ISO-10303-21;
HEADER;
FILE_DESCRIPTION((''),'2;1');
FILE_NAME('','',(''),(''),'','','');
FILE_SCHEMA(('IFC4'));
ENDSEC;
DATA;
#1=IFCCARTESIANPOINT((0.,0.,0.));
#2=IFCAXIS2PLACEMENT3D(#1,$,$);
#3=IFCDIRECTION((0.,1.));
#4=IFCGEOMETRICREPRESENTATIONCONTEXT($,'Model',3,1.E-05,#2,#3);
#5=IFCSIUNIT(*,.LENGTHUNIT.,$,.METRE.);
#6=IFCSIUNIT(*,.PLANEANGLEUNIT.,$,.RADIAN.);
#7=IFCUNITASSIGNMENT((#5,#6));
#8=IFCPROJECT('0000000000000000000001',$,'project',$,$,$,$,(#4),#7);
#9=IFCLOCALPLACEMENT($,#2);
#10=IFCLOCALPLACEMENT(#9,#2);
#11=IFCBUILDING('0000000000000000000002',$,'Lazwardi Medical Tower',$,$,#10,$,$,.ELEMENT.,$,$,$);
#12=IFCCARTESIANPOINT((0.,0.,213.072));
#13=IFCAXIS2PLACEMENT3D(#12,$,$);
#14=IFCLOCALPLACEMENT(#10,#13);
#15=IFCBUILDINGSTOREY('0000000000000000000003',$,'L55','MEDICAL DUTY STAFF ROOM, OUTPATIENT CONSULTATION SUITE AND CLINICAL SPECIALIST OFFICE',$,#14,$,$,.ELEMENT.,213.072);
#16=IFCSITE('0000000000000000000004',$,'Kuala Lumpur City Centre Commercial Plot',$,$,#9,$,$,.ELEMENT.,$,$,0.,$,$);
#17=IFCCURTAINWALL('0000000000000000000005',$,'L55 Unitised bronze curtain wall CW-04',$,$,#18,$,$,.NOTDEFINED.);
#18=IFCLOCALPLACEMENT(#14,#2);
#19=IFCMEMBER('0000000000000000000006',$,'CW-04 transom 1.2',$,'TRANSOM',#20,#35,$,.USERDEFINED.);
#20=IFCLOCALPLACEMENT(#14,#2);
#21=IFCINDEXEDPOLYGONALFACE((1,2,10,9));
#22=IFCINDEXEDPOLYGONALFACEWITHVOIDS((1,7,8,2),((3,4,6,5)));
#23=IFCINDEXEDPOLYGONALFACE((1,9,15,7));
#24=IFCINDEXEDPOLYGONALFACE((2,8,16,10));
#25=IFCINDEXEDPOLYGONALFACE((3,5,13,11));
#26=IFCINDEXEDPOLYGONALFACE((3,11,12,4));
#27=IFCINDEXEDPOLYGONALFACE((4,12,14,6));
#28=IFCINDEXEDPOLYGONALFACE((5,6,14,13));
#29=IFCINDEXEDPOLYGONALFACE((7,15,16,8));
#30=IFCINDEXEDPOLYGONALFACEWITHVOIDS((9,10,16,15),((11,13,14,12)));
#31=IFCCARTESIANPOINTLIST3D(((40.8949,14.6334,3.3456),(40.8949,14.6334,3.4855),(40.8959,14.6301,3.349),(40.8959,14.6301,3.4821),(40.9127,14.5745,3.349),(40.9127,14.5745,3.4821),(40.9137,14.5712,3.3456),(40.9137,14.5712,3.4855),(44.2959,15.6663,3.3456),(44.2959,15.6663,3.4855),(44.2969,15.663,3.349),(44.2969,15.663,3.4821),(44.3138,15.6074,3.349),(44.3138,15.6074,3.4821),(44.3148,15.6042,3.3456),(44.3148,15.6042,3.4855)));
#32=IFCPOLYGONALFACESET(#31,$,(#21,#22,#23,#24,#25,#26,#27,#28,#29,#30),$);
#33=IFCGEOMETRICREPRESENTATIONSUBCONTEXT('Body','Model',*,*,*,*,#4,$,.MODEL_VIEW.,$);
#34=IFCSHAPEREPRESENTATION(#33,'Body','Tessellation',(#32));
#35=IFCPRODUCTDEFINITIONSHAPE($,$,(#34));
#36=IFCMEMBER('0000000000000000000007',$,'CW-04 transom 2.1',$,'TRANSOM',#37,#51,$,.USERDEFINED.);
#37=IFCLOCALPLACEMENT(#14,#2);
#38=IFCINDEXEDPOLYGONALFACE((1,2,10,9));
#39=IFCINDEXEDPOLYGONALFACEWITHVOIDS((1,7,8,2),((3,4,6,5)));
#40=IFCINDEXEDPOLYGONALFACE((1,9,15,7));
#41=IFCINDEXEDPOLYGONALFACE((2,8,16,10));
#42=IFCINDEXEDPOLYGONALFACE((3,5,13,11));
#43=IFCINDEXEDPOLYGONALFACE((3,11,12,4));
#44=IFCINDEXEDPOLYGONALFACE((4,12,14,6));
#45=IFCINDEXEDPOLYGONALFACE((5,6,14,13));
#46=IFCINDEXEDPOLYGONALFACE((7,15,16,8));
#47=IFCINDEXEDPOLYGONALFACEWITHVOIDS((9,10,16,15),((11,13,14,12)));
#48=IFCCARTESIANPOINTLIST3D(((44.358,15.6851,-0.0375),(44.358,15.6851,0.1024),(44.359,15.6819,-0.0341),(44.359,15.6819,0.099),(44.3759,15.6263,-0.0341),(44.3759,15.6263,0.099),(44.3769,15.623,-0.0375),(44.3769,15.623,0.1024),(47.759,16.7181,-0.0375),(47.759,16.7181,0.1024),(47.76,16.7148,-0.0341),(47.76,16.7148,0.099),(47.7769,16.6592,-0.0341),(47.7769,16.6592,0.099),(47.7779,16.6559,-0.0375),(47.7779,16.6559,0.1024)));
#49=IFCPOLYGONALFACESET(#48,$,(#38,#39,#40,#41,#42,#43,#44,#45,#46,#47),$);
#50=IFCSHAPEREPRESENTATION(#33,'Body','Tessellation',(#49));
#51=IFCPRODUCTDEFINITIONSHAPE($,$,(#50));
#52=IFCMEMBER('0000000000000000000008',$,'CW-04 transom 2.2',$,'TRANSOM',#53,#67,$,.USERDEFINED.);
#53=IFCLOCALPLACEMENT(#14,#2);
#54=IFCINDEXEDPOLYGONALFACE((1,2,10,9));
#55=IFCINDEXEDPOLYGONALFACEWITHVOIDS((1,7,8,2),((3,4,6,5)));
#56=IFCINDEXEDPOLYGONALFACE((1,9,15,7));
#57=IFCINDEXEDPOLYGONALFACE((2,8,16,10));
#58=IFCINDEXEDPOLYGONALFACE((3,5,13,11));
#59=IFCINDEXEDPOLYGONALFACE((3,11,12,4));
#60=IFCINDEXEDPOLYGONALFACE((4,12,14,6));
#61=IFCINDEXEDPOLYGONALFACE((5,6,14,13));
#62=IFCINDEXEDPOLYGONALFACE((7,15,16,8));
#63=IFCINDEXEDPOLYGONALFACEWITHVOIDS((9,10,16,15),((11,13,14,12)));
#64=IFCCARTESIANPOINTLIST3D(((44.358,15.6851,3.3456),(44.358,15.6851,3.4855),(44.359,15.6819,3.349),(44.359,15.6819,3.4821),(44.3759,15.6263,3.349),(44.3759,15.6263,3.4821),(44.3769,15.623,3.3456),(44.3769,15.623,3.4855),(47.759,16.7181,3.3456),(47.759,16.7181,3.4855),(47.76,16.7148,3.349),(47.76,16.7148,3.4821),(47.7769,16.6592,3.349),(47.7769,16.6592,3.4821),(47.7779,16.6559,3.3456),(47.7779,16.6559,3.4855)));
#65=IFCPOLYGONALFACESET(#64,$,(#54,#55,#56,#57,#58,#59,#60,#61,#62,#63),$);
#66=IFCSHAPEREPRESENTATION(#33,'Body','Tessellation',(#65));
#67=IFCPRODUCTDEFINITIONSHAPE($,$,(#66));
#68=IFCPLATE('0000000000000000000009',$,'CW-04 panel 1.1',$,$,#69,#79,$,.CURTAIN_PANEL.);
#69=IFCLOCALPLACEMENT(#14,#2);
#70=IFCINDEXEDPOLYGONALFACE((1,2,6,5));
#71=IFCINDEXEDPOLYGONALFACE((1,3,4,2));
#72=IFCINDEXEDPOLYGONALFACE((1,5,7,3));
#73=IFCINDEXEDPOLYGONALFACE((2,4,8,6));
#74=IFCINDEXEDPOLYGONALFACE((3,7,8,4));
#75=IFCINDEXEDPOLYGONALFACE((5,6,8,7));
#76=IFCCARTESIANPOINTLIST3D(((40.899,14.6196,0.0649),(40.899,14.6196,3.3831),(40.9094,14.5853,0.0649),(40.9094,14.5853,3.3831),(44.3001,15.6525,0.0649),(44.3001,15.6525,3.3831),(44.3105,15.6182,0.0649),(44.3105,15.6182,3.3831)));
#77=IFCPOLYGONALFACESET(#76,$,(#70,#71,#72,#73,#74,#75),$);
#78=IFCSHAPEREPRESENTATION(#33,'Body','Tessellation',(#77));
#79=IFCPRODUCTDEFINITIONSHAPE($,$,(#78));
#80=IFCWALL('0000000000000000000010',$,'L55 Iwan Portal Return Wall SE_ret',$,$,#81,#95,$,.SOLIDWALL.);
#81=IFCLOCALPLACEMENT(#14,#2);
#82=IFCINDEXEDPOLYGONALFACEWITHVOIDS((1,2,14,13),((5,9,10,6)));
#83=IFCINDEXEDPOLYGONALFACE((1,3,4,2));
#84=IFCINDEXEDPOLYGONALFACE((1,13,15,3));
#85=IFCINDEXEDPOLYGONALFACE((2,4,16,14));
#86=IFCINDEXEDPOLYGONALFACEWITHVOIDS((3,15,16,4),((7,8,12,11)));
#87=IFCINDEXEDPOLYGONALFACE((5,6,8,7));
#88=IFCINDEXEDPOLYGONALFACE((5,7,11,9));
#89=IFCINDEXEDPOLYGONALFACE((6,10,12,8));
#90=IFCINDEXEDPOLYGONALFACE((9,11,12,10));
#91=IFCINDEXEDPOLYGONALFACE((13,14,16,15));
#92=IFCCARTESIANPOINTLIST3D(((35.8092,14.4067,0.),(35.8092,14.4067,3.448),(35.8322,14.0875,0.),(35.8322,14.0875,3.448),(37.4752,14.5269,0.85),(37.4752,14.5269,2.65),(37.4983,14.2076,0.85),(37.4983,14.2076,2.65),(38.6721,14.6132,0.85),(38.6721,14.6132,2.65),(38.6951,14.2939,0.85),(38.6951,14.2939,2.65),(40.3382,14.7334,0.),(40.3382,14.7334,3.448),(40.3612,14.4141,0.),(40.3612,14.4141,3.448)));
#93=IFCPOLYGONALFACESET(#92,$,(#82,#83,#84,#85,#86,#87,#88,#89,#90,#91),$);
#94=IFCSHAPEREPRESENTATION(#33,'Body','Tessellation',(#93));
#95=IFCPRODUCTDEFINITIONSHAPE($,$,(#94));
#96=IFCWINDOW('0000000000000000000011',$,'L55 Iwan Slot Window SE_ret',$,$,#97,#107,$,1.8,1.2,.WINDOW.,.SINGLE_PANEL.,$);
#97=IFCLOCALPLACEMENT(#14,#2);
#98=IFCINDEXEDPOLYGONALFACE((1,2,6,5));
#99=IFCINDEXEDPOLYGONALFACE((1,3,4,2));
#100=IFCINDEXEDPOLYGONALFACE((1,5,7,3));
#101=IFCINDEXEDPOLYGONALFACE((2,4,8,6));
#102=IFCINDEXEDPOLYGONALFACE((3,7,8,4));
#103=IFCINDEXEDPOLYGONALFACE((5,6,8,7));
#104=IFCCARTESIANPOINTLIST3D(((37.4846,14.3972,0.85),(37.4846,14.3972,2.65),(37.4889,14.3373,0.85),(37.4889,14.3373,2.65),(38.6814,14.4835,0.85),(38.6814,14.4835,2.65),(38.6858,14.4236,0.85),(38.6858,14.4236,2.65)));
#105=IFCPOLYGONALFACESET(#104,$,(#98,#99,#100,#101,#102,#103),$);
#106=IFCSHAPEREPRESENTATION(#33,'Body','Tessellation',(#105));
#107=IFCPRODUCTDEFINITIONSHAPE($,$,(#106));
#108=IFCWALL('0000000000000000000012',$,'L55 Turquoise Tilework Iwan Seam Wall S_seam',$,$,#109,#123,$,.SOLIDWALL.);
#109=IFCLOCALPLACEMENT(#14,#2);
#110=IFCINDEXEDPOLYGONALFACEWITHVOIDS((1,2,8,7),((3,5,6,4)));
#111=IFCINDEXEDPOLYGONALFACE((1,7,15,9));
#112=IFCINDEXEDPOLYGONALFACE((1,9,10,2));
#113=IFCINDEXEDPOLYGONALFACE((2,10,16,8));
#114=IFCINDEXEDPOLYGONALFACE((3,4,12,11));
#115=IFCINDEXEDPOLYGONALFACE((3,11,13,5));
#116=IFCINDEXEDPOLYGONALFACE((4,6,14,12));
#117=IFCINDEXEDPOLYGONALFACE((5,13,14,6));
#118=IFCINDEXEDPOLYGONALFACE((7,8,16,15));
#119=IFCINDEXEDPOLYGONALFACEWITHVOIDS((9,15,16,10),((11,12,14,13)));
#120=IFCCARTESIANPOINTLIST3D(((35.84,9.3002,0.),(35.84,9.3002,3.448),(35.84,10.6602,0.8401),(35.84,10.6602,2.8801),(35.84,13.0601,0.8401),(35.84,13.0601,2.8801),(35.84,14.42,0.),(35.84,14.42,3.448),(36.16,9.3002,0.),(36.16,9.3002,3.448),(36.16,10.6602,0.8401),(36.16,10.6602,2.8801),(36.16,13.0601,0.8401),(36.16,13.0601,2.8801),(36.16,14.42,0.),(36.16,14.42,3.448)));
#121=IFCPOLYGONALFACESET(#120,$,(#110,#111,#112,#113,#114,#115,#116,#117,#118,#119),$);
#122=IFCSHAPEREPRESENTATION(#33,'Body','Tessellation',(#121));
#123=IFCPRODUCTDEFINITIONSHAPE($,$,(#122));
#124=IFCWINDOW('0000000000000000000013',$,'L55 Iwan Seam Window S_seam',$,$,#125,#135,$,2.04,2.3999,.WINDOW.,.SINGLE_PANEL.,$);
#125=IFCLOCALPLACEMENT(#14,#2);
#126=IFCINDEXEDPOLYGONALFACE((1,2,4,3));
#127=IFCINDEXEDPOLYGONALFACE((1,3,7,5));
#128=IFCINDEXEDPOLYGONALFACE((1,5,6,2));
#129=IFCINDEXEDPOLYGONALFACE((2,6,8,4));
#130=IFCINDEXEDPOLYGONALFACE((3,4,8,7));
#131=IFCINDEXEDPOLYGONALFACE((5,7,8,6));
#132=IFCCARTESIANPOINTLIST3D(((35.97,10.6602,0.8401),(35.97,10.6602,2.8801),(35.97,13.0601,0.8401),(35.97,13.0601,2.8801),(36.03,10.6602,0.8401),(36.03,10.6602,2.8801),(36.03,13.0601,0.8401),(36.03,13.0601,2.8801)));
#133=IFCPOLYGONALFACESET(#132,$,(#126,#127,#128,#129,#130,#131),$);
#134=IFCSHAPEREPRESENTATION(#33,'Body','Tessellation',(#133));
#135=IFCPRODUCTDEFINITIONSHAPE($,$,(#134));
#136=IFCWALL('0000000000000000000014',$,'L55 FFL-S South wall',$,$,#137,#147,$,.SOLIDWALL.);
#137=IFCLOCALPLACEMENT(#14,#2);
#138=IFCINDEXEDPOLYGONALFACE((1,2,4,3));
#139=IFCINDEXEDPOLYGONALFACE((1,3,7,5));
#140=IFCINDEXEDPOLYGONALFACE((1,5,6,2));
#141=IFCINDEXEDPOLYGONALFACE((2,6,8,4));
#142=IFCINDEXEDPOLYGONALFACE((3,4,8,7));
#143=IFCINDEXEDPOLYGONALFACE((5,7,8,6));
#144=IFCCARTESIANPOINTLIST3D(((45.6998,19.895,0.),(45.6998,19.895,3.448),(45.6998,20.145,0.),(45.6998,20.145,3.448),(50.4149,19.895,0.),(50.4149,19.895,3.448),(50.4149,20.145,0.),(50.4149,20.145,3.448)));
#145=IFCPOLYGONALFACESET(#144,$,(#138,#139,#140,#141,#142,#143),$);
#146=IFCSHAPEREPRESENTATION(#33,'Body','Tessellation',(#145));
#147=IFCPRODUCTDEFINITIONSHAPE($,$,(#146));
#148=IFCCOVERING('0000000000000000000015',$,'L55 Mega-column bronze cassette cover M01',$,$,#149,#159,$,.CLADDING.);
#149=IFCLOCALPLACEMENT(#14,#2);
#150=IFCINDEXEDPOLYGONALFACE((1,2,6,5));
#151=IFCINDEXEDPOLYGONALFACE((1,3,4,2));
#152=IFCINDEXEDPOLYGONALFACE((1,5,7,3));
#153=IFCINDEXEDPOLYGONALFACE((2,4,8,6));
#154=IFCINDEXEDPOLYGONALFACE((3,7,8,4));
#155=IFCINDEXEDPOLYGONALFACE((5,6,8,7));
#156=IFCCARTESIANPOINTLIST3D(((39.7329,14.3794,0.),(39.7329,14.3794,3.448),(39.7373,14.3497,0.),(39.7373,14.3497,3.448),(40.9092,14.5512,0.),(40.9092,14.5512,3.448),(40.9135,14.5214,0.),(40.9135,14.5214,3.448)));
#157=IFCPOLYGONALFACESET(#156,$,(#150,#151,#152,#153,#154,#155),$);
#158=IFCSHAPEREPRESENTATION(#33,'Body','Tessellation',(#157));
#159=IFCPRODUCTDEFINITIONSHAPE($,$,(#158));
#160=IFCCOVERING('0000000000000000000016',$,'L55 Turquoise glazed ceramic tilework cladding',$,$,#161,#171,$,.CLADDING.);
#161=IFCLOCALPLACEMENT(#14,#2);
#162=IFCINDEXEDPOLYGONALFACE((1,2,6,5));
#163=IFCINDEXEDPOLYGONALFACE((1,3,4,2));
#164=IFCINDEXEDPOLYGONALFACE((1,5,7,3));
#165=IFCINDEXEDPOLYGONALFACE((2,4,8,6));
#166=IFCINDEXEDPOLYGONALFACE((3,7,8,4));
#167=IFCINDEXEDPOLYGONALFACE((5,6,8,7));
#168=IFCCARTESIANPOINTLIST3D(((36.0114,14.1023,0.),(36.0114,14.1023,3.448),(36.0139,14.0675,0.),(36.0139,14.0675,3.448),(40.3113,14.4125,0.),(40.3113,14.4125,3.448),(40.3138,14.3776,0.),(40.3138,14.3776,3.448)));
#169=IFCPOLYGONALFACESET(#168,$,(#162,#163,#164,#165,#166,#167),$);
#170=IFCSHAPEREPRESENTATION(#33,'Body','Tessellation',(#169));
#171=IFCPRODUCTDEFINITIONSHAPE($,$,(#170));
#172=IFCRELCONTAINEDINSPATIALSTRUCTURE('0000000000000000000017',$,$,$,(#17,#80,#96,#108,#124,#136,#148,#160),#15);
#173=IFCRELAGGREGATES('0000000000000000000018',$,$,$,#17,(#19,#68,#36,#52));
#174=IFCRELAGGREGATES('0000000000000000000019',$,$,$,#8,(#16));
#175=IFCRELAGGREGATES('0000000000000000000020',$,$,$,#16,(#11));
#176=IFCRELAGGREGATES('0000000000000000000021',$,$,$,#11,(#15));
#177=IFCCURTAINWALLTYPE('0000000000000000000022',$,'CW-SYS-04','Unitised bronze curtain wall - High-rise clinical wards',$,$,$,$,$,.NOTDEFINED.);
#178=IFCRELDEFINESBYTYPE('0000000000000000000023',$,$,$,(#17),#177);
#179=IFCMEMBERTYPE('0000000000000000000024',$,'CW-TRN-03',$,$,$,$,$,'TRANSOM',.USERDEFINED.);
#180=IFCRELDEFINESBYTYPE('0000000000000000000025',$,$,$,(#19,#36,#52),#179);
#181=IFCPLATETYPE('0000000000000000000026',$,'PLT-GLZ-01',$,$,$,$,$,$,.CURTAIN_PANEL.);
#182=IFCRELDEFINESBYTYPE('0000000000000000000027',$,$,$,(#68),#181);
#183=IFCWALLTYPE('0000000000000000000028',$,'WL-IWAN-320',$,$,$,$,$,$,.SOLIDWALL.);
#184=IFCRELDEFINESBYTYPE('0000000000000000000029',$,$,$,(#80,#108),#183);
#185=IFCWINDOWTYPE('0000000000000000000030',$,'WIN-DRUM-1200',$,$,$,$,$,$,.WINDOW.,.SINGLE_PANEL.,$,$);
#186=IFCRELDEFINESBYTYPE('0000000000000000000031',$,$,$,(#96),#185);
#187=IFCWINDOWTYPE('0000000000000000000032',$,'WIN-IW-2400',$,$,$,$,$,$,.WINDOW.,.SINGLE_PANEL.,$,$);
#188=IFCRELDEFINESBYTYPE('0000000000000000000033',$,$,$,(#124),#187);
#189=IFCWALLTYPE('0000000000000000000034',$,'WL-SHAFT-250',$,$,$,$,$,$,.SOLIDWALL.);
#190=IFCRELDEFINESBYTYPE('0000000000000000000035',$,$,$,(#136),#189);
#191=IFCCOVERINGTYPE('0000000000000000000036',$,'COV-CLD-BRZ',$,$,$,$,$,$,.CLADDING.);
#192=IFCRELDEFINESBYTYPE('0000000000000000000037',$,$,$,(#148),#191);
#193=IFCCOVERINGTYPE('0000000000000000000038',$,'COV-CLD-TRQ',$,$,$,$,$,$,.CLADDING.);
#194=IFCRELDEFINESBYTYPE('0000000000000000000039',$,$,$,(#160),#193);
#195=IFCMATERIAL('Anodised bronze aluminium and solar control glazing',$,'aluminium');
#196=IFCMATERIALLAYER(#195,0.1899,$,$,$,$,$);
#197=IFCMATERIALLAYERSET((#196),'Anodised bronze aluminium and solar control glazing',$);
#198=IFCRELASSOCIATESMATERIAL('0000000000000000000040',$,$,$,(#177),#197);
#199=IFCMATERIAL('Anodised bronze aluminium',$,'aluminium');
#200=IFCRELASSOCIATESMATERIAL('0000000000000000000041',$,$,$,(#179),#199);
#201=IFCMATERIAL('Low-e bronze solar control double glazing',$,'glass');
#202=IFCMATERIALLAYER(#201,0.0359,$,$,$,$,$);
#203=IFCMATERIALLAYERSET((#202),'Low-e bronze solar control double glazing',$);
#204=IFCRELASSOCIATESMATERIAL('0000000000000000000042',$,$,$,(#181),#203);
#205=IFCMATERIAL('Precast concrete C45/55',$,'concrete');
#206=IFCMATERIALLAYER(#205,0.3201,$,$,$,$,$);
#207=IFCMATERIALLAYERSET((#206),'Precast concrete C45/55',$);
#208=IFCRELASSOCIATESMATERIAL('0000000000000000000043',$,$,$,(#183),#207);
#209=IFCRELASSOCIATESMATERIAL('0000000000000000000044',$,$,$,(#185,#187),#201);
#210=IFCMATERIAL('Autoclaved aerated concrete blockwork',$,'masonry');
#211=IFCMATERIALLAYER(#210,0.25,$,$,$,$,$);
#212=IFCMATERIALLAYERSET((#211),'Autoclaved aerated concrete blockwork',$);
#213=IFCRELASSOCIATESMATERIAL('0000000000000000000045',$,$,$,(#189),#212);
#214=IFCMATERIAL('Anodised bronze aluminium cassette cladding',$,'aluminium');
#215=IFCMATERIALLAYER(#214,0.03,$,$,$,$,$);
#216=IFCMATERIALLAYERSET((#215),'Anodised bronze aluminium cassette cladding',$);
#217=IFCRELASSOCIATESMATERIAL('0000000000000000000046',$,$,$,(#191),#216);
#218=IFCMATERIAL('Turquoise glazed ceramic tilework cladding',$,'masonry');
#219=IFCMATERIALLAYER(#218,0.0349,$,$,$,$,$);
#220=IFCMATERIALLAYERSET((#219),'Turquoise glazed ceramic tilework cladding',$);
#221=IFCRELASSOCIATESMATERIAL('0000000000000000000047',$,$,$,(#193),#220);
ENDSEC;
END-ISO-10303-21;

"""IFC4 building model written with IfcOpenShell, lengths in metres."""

from ifc_helpers import new_model, si_unit, direction, frame, frame_2d, origin, origin_2d, place, context, subcontext, project, spatial, rectangle, hollow_rectangle, extrude, material, layer, layer_set, material_profile, profile_set, type_object, element, fill, aggregate, save


model = new_model("IFC4")

# Units and contexts
model_context = context("Model", 3, precision=1e-05, world=origin(), true_north=direction((0.0, 1.0)))
body_context = subcontext(model_context, "Body", "Model", "MODEL_VIEW")
ifc_project = project(units=[si_unit("LENGTHUNIT", "METRE"), si_unit("PLANEANGLEUNIT", "RADIAN")], contexts=[model_context])

# Site, building, storey
site_placement = place(None, origin())
site = spatial("IfcSite", under=ifc_project, at=site_placement, Name="Kuala Lumpur City Centre Commercial Plot", CompositionType="ELEMENT", RefElevation=0.0)
building_placement = place(site_placement, origin())
building = spatial("IfcBuilding", under=site, at=building_placement, Name="Lazwardi Medical Tower", CompositionType="ELEMENT")
storey_placement = place(building_placement, frame((0.0, 0.0, 213.072)))
storey = spatial("IfcBuildingStorey", under=building, at=storey_placement, Name="L55", Description="MEDICAL DUTY STAFF ROOM, OUTPATIENT CONSULTATION SUITE AND CLINICAL SPECIALIST OFFICE", CompositionType="ELEMENT", Elevation=213.072)

# Curtain wall, members, plate
ifc_material_1 = material(Name="Anodised bronze aluminium and solar control glazing", Category="aluminium")
ifc_layer_1 = layer(ifc_material_1, 0.1899)
ifc_layer_set_1 = layer_set([ifc_layer_1], Name="Anodised bronze aluminium and solar control glazing")
curtain_wall_type = type_object("IfcCurtainWallType", Name="CW-SYS-04", Description="Unitised bronze curtain wall - High-rise clinical wards", PredefinedType="NOTDEFINED", material=ifc_layer_set_1)
curtain_wall_placement = place(storey_placement, origin())
curtain_wall = element("IfcCurtainWall", 1, at=curtain_wall_placement, inside=storey, type_object=curtain_wall_type, Name="L55 Unitised bronze curtain wall CW-04", PredefinedType="NOTDEFINED")
ifc_material_2 = material(Name="Anodised bronze aluminium", Category="aluminium")
ifc_material_profile_1 = material_profile(ifc_material_2, hollow_rectangle(XDim=0.0649, YDim=0.1399, WallThickness=0.0034, at=origin_2d()), Name="ALU-TRANSOM 140x65x3.5")
ifc_profile_set_1 = profile_set([ifc_material_profile_1], Name="Anodised bronze aluminium")
member_type_1 = type_object("IfcMemberType", Name="CW-TRN-03", ElementType="TRANSOM", PredefinedType="USERDEFINED", material=ifc_profile_set_1)
member_1_placement = place(storey_placement, frame((40.9043, 14.6023, 3.4155), z_axis=(0.956843, 0.290604, 0.0), x_axis=(-0.290604, 0.956843, 0.0)))
member_1 = element("IfcMember", 2, at=member_1_placement, type_object=member_type_1, Name="CW-04 transom 1.2", ObjectType="TRANSOM", PredefinedType="USERDEFINED", context=body_context, shape_type="SweptSolid", body=[
    extrude(hollow_rectangle(XDim=0.0649, YDim=0.1399, WallThickness=0.0034, at=origin_2d()), origin(), (0.0, 0.0, 1.0), 3.5544),
])
member_2_placement = place(storey_placement, frame((44.3674, 15.6541, 0.0325), z_axis=(0.956843, 0.290604, 0.0), x_axis=(-0.290604, 0.956843, 0.0)))
member_2 = element("IfcMember", 3, at=member_2_placement, type_object=member_type_1, Name="CW-04 transom 2.1", ObjectType="TRANSOM", PredefinedType="USERDEFINED", context=body_context, shape_type="SweptSolid", body=[
    extrude(hollow_rectangle(XDim=0.0649, YDim=0.1399, WallThickness=0.0034, at=origin_2d()), origin(), (0.0, 0.0, 1.0), 3.5544),
])
member_3_placement = place(storey_placement, frame((44.3674, 15.6541, 3.4155), z_axis=(0.956843, 0.290604, 0.0), x_axis=(-0.290604, 0.956843, 0.0)))
member_3 = element("IfcMember", 4, at=member_3_placement, type_object=member_type_1, Name="CW-04 transom 2.2", ObjectType="TRANSOM", PredefinedType="USERDEFINED", context=body_context, shape_type="SweptSolid", body=[
    extrude(hollow_rectangle(XDim=0.0649, YDim=0.1399, WallThickness=0.0034, at=origin_2d()), origin(), (0.0, 0.0, 1.0), 3.5544),
])
ifc_material_3 = material(Name="Low-e bronze solar control double glazing", Category="glass")
ifc_layer_2 = layer(ifc_material_3, 0.0359)
ifc_layer_set_2 = layer_set([ifc_layer_2], Name="Low-e bronze solar control double glazing")
plate_type = type_object("IfcPlateType", Name="PLT-GLZ-01", PredefinedType="CURTAIN_PANEL", material=ifc_layer_set_2)
plate_placement = place(storey_placement, frame((42.6047, 15.1189, 0.0649), z_axis=(0.0, 0.0, 1.0), x_axis=(0.95685, 0.290582, 0.0)))
plate = element("IfcPlate", 5, at=plate_placement, type_object=plate_type, Name="CW-04 panel 1.1", PredefinedType="CURTAIN_PANEL", context=body_context, shape_type="SweptSolid", body=[
    extrude(rectangle(XDim=3.5544, YDim=0.0359, at=origin_2d()), origin(), (0.0, 0.0, 1.0), 3.3181),
])
aggregate(curtain_wall, [member_1, plate, member_2, member_3])

# Walls, openings, windows
ifc_material_4 = material(Name="Precast concrete C45/55", Category="concrete")
ifc_layer_3 = layer(ifc_material_4, 0.3201)
ifc_layer_set_3 = layer_set([ifc_layer_3], Name="Precast concrete C45/55")
wall_type_1 = type_object("IfcWallType", Name="WL-IWAN-320", PredefinedType="SOLIDWALL", material=ifc_layer_set_3)
wall_1_placement = place(storey_placement, frame((35.8206, 14.2471, 0.0), z_axis=(0.0, 0.0, 1.0), x_axis=(0.997409, 0.071939, 0.0)))
wall_1 = element("IfcWall", 6, at=wall_1_placement, inside=storey, type_object=wall_type_1, Name="L55 Iwan Portal Return Wall SE_ret", PredefinedType="SOLIDWALL", context=body_context, shape_type="SweptSolid", body=[
    extrude(rectangle(XDim=4.5408, YDim=0.3201, at=frame_2d((2.2705, 0.0))), origin(), (0.0, 0.0, 1.0), 3.448),
])
opening_1_placement = place(wall_1_placement, frame((1.6704, 0.0, 0.8501)))
opening_1 = element("IfcOpeningElement", 7, at=opening_1_placement, cuts=wall_1, PredefinedType="OPENING", context=body_context, shape_type="SweptSolid", body=[
    extrude(rectangle(XDim=1.2, YDim=1.8, at=frame_2d((0.6001, 0.8999))), frame((0.0, 0.1699, 0.0), z_axis=(0.0, -1.0, 0.0), x_axis=(1.0, 0.0, 0.0)), (0.0, 0.0, 1.0), 0.3401),
])
window_type_1 = type_object("IfcWindowType", Name="WIN-DRUM-1200", PartitioningType="SINGLE_PANEL", PredefinedType="WINDOW", material=ifc_material_3)
window_1_placement = place(opening_1_placement, origin())
window_1 = element("IfcWindow", 8, at=window_1_placement, inside=storey, type_object=window_type_1, Name="L55 Iwan Slot Window SE_ret", OverallHeight=1.8, OverallWidth=1.2, PartitioningType="SINGLE_PANEL", PredefinedType="WINDOW", context=body_context, shape_type="SweptSolid", body=[
    extrude(rectangle(XDim=1.2, YDim=1.8, at=frame_2d((0.6001, 0.8999))), frame((0.0, 0.03, 0.0), z_axis=(0.0, -1.0, 0.0), x_axis=(1.0, 0.0, 0.0)), (0.0, 0.0, 1.0), 0.0601),
])
fill(opening_1, window_1)
wall_2_placement = place(storey_placement, frame((36.0, 9.3, 0.0), z_axis=(0.0, 0.0, 1.0), x_axis=(0.0, 1.0, 0.0)))
wall_2 = element("IfcWall", 9, at=wall_2_placement, inside=storey, type_object=wall_type_1, Name="L55 Turquoise Tilework Iwan Seam Wall S_seam", PredefinedType="SOLIDWALL", context=body_context, shape_type="SweptSolid", body=[
    extrude(rectangle(XDim=5.1199, YDim=0.3201, at=frame_2d((2.5601, 0.0))), origin(), (0.0, 0.0, 1.0), 3.448),
])
opening_2_placement = place(wall_2_placement, frame((1.3601, 0.0, 0.8401)))
opening_2 = element("IfcOpeningElement", 10, at=opening_2_placement, cuts=wall_2, PredefinedType="OPENING", context=body_context, shape_type="SweptSolid", body=[
    extrude(rectangle(XDim=2.3999, YDim=2.04, at=frame_2d((1.2, 1.02))), frame((0.0, 0.1699, 0.0), z_axis=(0.0, -1.0, 0.0), x_axis=(1.0, 0.0, 0.0)), (0.0, 0.0, 1.0), 0.3401),
])
window_type_2 = type_object("IfcWindowType", Name="WIN-IW-2400", PartitioningType="SINGLE_PANEL", PredefinedType="WINDOW", material=ifc_material_3)
window_2_placement = place(opening_2_placement, origin())
window_2 = element("IfcWindow", 11, at=window_2_placement, inside=storey, type_object=window_type_2, Name="L55 Iwan Seam Window S_seam", OverallHeight=2.04, OverallWidth=2.3999, PartitioningType="SINGLE_PANEL", PredefinedType="WINDOW", context=body_context, shape_type="SweptSolid", body=[
    extrude(rectangle(XDim=2.3999, YDim=2.04, at=frame_2d((1.2, 1.02))), frame((0.0, 0.03, 0.0), z_axis=(0.0, -1.0, 0.0), x_axis=(1.0, 0.0, 0.0)), (0.0, 0.0, 1.0), 0.0601),
])
fill(opening_2, window_2)

# Wall
ifc_material_5 = material(Name="Autoclaved aerated concrete blockwork", Category="masonry")
ifc_layer_4 = layer(ifc_material_5, 0.25)
ifc_layer_set_4 = layer_set([ifc_layer_4], Name="Autoclaved aerated concrete blockwork")
wall_type_2 = type_object("IfcWallType", Name="WL-SHAFT-250", PredefinedType="SOLIDWALL", material=ifc_layer_set_4)
wall_3_placement = place(storey_placement, frame((45.7, 20.02, 0.0), z_axis=(0.0, 0.0, 1.0), x_axis=(1.0, 0.0, 0.0)))
element("IfcWall", 12, at=wall_3_placement, inside=storey, type_object=wall_type_2, Name="L55 FFL-S South wall", PredefinedType="SOLIDWALL", context=body_context, shape_type="SweptSolid", body=[
    extrude(rectangle(XDim=4.7151, YDim=0.25, at=frame_2d((2.3574, 0.0))), origin(), (0.0, 0.0, 1.0), 3.448),
])

# Coverings
ifc_material_6 = material(Name="Anodised bronze aluminium cassette cladding", Category="aluminium")
ifc_layer_5 = layer(ifc_material_6, 0.03)
ifc_layer_set_5 = layer_set([ifc_layer_5], Name="Anodised bronze aluminium cassette cladding")
covering_type_1 = type_object("IfcCoveringType", Name="COV-CLD-BRZ", PredefinedType="CLADDING", material=ifc_layer_set_5)
covering_1_placement = place(storey_placement, frame((40.3232, 14.4504, 0.0), z_axis=(0.0, 0.0, 1.0), x_axis=(0.989512, 0.144448, 0.0)))
element("IfcCovering", 13, at=covering_1_placement, inside=storey, type_object=covering_type_1, Name="L55 Mega-column bronze cassette cover M01", PredefinedType="CLADDING", context=body_context, shape_type="SweptSolid", body=[
    extrude(rectangle(XDim=1.1887, YDim=0.03, at=origin_2d()), origin(), (0.0, 0.0, 1.0), 3.448),
])
ifc_material_7 = material(Name="Turquoise glazed ceramic tilework cladding", Category="masonry")
ifc_layer_6 = layer(ifc_material_7, 0.0349)
ifc_layer_set_6 = layer_set([ifc_layer_6], Name="Turquoise glazed ceramic tilework cladding")
covering_type_2 = type_object("IfcCoveringType", Name="COV-CLD-TRQ", PredefinedType="CLADDING", material=ifc_layer_set_6)
covering_2_placement = place(storey_placement, frame((38.1626, 14.24, 0.0), z_axis=(0.0, 0.0, 1.0), x_axis=(0.997409, 0.071933, 0.0)))
element("IfcCovering", 14, at=covering_2_placement, inside=storey, type_object=covering_type_2, Name="L55 Turquoise glazed ceramic tilework cladding", PredefinedType="CLADDING", context=body_context, shape_type="SweptSolid", body=[
    extrude(rectangle(XDim=4.311, YDim=0.0349, at=origin_2d()), origin(), (0.0, 0.0, 1.0), 3.448),
])

save(model, "model.ifc")
